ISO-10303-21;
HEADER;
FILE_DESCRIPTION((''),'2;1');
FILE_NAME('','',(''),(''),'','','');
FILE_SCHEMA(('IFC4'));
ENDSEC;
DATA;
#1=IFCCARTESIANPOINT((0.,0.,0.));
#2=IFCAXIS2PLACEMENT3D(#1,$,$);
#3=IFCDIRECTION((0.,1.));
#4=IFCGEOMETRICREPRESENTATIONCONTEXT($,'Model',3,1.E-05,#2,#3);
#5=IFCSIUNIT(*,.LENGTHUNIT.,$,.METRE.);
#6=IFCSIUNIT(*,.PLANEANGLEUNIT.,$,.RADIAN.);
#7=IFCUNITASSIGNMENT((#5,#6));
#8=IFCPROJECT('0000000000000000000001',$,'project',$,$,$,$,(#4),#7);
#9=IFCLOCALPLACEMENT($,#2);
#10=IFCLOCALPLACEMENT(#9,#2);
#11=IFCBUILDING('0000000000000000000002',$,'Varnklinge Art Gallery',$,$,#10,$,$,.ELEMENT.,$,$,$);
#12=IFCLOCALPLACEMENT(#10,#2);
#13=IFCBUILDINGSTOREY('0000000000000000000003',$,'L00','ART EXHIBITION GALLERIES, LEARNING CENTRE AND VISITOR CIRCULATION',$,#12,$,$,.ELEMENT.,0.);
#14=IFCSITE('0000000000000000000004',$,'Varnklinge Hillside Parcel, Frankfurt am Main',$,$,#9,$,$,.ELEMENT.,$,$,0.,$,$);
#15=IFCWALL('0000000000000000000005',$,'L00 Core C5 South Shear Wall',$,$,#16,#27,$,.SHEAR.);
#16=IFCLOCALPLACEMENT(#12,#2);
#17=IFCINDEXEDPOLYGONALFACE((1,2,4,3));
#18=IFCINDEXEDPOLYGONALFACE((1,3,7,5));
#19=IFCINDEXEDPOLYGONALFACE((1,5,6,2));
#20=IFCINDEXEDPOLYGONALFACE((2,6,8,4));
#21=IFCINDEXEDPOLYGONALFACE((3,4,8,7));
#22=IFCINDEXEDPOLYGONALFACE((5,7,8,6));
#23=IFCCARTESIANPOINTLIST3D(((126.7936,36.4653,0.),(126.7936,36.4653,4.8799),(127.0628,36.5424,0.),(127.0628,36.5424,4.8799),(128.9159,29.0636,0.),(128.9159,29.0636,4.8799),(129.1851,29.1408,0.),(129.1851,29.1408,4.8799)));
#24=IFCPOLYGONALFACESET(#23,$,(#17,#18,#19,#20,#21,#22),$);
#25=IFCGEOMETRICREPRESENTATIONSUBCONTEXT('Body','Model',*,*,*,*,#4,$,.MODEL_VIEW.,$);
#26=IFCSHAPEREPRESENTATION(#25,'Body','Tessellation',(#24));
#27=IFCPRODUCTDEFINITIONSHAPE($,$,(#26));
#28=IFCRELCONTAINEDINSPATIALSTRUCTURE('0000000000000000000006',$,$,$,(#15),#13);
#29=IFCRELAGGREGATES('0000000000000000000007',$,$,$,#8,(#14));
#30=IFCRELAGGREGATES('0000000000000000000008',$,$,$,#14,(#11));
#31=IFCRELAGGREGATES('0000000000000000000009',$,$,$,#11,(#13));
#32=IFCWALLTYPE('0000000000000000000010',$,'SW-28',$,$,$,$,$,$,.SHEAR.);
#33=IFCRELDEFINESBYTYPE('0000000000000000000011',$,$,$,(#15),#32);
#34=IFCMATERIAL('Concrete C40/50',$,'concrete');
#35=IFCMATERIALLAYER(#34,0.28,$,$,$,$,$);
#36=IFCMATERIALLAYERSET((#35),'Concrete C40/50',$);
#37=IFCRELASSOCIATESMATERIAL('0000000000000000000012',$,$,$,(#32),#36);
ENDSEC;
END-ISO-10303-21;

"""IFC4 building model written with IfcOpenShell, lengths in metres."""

from ifc_helpers import new_model, si_unit, direction, frame, frame_2d, origin, place, context, subcontext, project, spatial, rectangle, extrude, material, layer, layer_set, type_object, element, save


model = new_model("IFC4")

# Units and contexts
model_context = context("Model", 3, precision=1e-05, world=origin(), true_north=direction((0.0, 1.0)))
body_context = subcontext(model_context, "Body", "Model", "MODEL_VIEW")
ifc_project = project(units=[si_unit("LENGTHUNIT", "METRE"), si_unit("PLANEANGLEUNIT", "RADIAN")], contexts=[model_context])

# Site, building, storey
site_placement = place(None, origin())
site = spatial("IfcSite", under=ifc_project, at=site_placement, Name="Varnklinge Hillside Parcel, Frankfurt am Main", CompositionType="ELEMENT", RefElevation=0.0)
building_placement = place(site_placement, origin())
building = spatial("IfcBuilding", under=site, at=building_placement, Name="Varnklinge Art Gallery", CompositionType="ELEMENT")
storey_placement = place(building_placement, origin())
storey = spatial("IfcBuildingStorey", under=building, at=storey_placement, Name="L00", Description="ART EXHIBITION GALLERIES, LEARNING CENTRE AND VISITOR CIRCULATION", CompositionType="ELEMENT", Elevation=0.0)

# Wall
ifc_material_1 = material(Name="Concrete C40/50", Category="concrete")
ifc_layer_1 = layer(ifc_material_1, 0.28)
ifc_layer_set_1 = layer_set([ifc_layer_1], Name="Concrete C40/50")
wall_type = type_object("IfcWallType", Name="SW-28", PredefinedType="SHEAR", material=ifc_layer_set_1)
wall_placement = place(storey_placement, frame((129.0505, 29.1021, 0.0), z_axis=(0.0, 0.0, 1.0), x_axis=(-0.27563, 0.961264, 0.0)))
element("IfcWall", 1, at=wall_placement, inside=storey, type_object=wall_type, Name="L00 Core C5 South Shear Wall", PredefinedType="SHEAR", context=body_context, shape_type="SweptSolid", body=[
    extrude(rectangle(XDim=7.7, YDim=0.28, at=frame_2d((3.8501, 0.0))), origin(), (0.0, 0.0, 1.0), 4.8799),
])

save(model, "model.ifc")
